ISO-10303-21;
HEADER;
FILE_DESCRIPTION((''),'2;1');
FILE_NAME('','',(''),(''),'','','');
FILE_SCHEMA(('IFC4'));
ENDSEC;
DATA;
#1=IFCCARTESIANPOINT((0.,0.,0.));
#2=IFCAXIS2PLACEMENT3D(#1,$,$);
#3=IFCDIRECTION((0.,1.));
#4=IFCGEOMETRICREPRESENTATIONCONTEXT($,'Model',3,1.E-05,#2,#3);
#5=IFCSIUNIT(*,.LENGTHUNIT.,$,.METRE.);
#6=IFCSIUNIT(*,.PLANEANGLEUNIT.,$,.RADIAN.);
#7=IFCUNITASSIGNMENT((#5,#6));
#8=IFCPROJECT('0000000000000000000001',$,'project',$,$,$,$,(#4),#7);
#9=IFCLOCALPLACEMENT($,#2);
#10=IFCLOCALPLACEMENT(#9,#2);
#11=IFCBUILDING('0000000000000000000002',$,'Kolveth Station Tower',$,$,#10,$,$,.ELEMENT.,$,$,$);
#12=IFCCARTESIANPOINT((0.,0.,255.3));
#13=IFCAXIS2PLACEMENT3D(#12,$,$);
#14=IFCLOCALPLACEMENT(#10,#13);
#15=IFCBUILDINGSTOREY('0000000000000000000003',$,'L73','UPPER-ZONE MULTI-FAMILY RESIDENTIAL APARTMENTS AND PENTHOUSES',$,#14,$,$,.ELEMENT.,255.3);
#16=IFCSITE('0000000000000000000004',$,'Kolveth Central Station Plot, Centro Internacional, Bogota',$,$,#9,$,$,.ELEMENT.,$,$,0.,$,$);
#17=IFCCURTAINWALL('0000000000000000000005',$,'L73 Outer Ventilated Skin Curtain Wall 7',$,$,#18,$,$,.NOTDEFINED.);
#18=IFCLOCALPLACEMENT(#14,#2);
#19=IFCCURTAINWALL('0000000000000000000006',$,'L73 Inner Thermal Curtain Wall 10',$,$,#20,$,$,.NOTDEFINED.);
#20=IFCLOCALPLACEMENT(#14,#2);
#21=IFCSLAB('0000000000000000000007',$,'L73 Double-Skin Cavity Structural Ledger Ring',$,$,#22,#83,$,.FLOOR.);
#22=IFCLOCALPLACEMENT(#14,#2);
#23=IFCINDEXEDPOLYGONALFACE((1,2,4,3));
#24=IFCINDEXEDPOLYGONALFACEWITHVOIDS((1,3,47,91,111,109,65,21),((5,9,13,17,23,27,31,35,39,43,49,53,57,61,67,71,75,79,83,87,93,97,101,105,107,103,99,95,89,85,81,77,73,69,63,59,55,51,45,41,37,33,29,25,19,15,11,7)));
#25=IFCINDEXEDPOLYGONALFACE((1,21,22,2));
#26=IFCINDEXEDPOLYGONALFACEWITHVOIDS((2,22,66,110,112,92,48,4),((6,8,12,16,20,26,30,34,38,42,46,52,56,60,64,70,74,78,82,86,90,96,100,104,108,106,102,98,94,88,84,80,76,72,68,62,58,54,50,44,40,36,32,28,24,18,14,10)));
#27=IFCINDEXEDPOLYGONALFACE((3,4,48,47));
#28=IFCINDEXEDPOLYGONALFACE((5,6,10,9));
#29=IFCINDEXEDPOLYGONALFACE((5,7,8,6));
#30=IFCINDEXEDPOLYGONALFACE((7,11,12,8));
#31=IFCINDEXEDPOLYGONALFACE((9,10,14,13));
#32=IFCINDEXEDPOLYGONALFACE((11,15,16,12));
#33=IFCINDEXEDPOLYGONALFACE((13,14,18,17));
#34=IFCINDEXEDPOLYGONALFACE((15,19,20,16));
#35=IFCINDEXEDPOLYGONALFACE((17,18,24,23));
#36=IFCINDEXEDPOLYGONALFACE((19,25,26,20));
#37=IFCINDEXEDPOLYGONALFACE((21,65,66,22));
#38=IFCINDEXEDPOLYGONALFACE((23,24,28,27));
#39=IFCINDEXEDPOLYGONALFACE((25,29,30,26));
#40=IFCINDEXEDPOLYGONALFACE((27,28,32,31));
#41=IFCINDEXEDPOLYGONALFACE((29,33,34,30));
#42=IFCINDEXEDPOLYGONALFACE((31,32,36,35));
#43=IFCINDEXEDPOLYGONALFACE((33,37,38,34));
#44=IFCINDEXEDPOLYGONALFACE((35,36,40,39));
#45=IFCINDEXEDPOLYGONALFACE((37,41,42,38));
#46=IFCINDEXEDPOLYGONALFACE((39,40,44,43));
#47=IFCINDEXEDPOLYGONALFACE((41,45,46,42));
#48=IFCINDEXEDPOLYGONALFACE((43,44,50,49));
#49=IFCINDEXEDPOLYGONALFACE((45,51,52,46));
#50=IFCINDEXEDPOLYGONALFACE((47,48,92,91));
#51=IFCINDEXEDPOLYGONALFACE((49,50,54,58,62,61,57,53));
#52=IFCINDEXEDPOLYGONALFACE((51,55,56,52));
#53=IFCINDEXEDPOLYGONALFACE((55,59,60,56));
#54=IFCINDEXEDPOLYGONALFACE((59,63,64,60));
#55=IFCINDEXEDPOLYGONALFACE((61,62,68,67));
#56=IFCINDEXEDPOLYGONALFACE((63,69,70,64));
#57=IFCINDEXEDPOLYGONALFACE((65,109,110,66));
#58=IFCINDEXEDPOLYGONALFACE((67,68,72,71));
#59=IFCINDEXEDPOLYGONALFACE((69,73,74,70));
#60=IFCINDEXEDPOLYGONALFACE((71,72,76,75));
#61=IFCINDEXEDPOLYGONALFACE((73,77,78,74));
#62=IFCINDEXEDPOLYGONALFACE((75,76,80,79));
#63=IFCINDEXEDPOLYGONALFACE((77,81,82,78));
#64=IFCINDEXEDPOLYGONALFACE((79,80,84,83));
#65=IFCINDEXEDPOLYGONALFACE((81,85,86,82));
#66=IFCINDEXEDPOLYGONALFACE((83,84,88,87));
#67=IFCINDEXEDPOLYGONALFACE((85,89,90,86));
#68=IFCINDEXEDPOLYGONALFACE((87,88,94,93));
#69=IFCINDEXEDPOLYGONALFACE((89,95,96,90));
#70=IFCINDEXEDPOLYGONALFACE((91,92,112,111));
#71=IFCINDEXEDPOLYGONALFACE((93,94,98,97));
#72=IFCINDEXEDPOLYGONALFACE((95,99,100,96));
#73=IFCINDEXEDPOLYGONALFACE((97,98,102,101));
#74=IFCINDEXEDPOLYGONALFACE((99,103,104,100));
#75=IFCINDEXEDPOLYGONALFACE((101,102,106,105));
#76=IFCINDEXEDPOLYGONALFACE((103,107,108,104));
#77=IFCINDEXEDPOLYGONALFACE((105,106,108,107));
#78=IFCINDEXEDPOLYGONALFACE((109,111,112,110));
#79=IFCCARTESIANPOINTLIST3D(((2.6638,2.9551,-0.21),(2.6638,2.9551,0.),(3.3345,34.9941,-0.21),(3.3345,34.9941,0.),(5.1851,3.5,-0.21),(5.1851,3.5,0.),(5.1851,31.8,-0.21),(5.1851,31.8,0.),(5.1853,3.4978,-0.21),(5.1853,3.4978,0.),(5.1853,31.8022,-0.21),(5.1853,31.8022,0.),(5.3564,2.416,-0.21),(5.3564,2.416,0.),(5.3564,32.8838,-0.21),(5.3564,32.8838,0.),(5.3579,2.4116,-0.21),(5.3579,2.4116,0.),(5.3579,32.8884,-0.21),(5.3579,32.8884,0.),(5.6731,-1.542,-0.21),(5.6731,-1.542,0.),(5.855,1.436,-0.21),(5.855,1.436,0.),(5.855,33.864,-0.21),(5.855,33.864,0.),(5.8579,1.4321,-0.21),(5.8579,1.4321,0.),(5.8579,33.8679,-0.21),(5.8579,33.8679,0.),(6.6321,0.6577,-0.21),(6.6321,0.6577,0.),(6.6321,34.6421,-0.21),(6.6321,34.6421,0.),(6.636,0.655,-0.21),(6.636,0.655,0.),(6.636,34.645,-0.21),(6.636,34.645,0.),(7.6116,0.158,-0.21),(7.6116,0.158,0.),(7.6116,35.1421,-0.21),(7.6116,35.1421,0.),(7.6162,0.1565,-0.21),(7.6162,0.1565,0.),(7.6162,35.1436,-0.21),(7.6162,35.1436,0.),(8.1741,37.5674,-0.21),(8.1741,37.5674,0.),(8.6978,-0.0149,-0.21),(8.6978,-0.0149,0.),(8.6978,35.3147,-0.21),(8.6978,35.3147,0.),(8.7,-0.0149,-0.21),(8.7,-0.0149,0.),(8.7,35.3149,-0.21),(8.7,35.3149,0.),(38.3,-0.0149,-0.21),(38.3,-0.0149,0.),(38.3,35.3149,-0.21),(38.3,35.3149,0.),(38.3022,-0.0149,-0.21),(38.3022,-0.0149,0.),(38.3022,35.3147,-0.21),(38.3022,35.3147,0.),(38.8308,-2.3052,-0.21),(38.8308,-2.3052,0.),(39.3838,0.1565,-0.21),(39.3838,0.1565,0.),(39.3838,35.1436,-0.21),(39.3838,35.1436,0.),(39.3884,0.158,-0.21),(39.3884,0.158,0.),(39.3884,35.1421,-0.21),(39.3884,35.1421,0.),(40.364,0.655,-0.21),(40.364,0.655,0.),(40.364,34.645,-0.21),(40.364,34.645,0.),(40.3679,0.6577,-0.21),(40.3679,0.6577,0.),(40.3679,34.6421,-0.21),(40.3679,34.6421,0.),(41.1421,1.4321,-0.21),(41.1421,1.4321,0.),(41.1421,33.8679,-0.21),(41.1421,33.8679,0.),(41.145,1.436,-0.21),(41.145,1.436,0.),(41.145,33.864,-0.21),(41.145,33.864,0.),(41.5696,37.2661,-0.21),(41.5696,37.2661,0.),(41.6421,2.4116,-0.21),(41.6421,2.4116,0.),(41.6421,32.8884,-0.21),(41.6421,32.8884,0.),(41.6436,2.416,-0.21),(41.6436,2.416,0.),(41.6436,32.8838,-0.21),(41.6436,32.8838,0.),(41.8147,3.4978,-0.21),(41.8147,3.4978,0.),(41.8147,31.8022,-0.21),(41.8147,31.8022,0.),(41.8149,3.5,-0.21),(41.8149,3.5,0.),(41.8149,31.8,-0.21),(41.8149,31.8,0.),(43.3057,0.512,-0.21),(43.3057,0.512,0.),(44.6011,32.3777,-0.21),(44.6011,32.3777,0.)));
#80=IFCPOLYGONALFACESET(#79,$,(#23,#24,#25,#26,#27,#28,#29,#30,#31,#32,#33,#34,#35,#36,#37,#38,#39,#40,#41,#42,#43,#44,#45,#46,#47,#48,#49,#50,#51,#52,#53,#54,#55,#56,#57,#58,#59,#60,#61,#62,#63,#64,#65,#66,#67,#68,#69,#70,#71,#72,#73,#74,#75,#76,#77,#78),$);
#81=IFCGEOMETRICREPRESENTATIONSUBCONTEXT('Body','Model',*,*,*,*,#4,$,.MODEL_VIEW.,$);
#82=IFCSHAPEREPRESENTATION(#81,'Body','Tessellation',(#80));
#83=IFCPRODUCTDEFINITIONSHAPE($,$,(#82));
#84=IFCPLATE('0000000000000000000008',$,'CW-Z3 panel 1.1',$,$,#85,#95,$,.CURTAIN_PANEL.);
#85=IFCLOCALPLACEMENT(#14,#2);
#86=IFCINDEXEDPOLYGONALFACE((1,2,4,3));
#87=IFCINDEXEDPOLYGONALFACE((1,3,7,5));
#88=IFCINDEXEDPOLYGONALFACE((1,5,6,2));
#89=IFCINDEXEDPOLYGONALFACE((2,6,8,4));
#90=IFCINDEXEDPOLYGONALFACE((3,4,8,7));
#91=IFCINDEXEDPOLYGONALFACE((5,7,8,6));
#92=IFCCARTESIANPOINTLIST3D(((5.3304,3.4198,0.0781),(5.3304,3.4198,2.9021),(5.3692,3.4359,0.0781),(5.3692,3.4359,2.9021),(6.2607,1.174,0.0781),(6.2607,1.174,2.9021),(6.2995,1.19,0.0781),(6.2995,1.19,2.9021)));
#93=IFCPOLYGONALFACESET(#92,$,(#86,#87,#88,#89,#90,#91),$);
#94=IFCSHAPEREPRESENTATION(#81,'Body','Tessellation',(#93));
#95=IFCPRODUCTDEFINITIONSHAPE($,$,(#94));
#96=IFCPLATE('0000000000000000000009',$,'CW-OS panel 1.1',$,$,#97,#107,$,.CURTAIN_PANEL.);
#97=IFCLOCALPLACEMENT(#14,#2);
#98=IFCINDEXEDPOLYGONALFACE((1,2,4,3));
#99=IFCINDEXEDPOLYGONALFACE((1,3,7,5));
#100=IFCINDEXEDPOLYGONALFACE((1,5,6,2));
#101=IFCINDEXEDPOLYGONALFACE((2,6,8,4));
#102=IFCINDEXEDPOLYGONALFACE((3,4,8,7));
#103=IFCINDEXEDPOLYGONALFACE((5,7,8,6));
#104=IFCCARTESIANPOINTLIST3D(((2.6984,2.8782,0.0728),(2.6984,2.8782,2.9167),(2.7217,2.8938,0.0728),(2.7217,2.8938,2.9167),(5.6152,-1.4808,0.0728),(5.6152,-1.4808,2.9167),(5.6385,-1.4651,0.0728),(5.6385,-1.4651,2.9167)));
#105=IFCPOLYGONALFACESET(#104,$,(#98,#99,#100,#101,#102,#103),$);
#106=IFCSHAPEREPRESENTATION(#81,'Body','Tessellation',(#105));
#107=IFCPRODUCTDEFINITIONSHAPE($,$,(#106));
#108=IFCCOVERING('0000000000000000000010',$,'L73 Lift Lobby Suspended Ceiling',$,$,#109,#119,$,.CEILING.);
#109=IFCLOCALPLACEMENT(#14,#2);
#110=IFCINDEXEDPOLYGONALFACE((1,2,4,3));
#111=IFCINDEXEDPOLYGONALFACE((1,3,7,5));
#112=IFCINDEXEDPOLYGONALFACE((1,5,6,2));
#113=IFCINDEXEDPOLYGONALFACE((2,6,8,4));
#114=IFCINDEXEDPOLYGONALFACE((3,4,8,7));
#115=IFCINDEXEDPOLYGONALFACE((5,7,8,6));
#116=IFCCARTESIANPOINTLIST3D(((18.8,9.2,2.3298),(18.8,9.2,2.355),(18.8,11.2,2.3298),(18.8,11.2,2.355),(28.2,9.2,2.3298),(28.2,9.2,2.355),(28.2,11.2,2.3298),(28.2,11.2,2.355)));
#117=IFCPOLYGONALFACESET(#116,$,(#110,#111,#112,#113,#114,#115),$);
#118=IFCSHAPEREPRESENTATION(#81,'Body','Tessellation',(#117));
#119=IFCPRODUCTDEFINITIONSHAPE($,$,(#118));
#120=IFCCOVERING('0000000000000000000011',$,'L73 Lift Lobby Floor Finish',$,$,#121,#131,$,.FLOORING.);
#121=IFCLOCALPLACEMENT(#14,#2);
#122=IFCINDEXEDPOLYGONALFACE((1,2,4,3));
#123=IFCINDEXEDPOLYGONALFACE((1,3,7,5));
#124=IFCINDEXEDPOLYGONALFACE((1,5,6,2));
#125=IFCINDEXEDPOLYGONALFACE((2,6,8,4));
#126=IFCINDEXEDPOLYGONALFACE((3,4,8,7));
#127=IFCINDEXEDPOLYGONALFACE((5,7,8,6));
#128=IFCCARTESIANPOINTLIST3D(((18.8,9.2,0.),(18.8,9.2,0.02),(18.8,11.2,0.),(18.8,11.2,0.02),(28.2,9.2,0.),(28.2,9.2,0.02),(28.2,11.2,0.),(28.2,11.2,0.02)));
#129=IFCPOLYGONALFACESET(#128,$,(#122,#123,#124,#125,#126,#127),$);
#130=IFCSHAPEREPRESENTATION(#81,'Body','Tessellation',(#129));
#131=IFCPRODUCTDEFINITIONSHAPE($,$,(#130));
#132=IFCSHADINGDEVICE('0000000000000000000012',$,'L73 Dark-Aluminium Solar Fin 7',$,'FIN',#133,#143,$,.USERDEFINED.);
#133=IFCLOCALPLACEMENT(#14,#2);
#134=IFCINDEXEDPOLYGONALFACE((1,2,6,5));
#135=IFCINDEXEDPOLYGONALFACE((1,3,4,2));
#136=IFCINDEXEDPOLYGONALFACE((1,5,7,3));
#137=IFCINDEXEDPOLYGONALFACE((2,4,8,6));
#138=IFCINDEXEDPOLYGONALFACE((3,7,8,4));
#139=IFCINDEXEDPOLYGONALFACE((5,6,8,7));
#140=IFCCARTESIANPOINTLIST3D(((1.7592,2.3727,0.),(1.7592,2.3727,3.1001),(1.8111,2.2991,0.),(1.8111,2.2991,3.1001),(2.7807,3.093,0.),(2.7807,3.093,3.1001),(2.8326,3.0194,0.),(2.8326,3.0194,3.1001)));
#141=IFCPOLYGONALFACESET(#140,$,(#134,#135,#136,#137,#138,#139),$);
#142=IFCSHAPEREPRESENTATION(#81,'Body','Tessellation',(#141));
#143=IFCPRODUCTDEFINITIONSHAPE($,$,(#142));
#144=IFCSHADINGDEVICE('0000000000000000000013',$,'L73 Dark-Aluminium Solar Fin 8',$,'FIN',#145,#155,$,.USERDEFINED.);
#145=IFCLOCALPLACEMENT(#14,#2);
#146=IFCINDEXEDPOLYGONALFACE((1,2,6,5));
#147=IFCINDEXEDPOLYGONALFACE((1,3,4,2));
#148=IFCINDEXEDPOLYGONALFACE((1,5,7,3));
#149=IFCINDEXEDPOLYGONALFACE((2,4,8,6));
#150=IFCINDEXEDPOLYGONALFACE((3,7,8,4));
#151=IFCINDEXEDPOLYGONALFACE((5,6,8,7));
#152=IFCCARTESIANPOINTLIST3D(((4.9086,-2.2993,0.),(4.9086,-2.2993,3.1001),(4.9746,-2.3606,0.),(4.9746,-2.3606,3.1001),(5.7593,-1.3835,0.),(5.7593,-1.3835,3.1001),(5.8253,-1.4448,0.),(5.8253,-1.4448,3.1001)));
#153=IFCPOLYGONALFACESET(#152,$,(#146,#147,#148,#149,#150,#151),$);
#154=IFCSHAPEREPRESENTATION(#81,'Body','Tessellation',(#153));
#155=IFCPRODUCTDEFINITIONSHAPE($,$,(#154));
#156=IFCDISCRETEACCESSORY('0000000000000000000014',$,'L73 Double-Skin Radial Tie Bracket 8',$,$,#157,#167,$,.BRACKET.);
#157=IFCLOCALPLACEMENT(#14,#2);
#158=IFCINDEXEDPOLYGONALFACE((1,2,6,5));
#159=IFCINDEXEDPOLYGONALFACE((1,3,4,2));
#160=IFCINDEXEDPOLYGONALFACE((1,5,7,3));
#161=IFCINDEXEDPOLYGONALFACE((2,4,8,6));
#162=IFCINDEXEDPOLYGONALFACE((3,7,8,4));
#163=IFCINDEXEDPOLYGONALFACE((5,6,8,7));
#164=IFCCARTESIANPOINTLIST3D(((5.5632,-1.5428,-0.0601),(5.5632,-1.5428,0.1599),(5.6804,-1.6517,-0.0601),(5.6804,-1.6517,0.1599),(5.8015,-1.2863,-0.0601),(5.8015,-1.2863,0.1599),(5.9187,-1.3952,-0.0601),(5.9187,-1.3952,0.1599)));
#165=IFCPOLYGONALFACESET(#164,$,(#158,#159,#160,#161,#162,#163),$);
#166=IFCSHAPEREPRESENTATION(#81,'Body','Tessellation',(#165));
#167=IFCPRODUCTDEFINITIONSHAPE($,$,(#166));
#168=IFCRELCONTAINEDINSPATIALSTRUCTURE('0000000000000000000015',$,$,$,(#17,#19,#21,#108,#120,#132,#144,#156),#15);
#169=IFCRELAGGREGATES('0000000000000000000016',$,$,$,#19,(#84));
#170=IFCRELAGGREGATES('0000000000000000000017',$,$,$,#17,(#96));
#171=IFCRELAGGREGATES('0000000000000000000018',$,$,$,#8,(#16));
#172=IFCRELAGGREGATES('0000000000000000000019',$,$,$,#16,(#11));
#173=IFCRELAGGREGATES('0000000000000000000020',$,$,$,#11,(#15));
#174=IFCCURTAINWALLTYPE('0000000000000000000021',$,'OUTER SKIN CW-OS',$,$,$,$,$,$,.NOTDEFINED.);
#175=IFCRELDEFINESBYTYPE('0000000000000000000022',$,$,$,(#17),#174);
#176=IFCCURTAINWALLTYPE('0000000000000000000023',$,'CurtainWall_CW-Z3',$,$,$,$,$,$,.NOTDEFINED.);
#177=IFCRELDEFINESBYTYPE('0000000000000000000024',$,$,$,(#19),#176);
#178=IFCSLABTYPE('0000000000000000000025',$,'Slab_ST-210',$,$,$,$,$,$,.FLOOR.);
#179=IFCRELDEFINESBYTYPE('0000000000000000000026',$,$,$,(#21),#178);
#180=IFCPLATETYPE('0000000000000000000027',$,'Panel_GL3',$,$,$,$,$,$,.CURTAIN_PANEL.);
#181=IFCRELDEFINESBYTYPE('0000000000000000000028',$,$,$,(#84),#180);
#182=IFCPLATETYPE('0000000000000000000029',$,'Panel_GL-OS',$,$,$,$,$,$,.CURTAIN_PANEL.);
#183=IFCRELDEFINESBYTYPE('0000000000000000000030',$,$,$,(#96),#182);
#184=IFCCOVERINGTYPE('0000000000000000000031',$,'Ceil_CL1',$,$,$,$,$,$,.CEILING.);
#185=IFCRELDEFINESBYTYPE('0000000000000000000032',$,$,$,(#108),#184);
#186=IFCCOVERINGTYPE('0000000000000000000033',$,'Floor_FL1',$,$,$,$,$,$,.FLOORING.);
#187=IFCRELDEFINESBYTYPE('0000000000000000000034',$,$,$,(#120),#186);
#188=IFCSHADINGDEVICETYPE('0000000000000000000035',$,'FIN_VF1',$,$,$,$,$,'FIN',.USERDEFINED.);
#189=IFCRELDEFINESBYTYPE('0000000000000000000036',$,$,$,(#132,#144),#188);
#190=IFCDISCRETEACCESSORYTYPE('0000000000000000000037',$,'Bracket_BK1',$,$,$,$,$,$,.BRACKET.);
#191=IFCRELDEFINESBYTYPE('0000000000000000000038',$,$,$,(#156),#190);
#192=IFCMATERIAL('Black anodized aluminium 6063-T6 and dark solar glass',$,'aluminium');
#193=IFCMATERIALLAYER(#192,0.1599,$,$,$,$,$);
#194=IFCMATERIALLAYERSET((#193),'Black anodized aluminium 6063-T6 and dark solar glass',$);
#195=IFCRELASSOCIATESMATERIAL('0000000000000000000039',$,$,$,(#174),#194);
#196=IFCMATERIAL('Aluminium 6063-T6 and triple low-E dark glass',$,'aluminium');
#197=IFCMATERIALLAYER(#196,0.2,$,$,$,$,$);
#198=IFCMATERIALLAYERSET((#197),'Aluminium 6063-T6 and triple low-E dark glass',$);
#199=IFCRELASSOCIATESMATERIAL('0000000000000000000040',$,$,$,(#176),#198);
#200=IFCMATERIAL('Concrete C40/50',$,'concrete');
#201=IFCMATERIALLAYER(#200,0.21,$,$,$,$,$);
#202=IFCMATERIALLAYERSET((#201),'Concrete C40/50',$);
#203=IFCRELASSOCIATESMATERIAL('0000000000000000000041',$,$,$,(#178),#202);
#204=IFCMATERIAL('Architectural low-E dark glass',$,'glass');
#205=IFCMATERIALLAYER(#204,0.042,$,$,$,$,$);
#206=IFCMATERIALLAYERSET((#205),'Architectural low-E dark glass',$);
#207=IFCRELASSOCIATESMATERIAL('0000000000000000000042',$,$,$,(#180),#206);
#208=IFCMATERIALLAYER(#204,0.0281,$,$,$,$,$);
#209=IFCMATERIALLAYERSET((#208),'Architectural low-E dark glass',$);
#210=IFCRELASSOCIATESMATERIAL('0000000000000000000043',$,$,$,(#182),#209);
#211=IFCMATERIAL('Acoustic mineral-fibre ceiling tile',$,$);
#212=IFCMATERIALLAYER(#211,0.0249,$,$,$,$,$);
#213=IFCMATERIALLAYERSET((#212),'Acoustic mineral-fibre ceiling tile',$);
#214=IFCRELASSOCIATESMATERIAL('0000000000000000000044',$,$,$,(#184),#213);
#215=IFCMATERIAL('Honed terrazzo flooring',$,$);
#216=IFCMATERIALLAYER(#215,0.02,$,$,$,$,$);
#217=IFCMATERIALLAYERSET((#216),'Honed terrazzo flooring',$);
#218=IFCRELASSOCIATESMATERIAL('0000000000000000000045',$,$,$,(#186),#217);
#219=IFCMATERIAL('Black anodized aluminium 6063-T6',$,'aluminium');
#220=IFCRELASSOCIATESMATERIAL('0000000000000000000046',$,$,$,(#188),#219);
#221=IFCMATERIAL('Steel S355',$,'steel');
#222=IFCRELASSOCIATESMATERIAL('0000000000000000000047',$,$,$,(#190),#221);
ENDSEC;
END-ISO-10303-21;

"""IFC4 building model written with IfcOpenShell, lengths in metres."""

from ifc_helpers import new_model, si_unit, direction, frame, origin, origin_2d, place, context, subcontext, project, spatial, polyline, rectangle, outline, extrude, source, transform, mapped, material, layer, layer_set, type_object, element, aggregate, save


model = new_model("IFC4")

# Units and contexts
model_context = context("Model", 3, precision=1e-05, world=origin(), true_north=direction((0.0, 1.0)))
body_context = subcontext(model_context, "Body", "Model", "MODEL_VIEW")
ifc_project = project(units=[si_unit("LENGTHUNIT", "METRE"), si_unit("PLANEANGLEUNIT", "RADIAN")], contexts=[model_context])

# Site, building, storey
site_placement = place(None, origin())
site = spatial("IfcSite", under=ifc_project, at=site_placement, Name="Kolveth Central Station Plot, Centro Internacional, Bogota", CompositionType="ELEMENT", RefElevation=0.0)
building_placement = place(site_placement, origin())
building = spatial("IfcBuilding", under=site, at=building_placement, Name="Kolveth Station Tower", CompositionType="ELEMENT")
storey_placement = place(building_placement, frame((0.0, 0.0, 255.3)))
storey = spatial("IfcBuildingStorey", under=building, at=storey_placement, Name="L73", Description="UPPER-ZONE MULTI-FAMILY RESIDENTIAL APARTMENTS AND PENTHOUSES", CompositionType="ELEMENT", Elevation=255.3)

# Curtain walls
ifc_material_1 = material(Name="Black anodized aluminium 6063-T6 and dark solar glass", Category="aluminium")
ifc_layer_1 = layer(ifc_material_1, 0.1599)
ifc_layer_set_1 = layer_set([ifc_layer_1], Name="Black anodized aluminium 6063-T6 and dark solar glass")
curtain_wall_type_1 = type_object("IfcCurtainWallType", Name="OUTER SKIN CW-OS", PredefinedType="NOTDEFINED", material=ifc_layer_set_1)
curtain_wall_1_placement = place(storey_placement, origin())
curtain_wall_1 = element("IfcCurtainWall", 1, at=curtain_wall_1_placement, inside=storey, type_object=curtain_wall_type_1, Name="L73 Outer Ventilated Skin Curtain Wall 7", PredefinedType="NOTDEFINED")
ifc_material_2 = material(Name="Black anodized aluminium 6063-T6", Category="aluminium")
ifc_material_3 = material(Name="Aluminium 6063-T6 and triple low-E dark glass", Category="aluminium")
ifc_layer_2 = layer(ifc_material_3, 0.2)
ifc_layer_set_2 = layer_set([ifc_layer_2], Name="Aluminium 6063-T6 and triple low-E dark glass")
curtain_wall_type_2 = type_object("IfcCurtainWallType", Name="CurtainWall_CW-Z3", PredefinedType="NOTDEFINED", material=ifc_layer_set_2)
curtain_wall_2_placement = place(storey_placement, origin())
curtain_wall_2 = element("IfcCurtainWall", 2, at=curtain_wall_2_placement, inside=storey, type_object=curtain_wall_type_2, Name="L73 Inner Thermal Curtain Wall 10", PredefinedType="NOTDEFINED")

# Shared definitions
ifc_material_4 = material(Name="Concrete C40/50", Category="concrete")

# Slab
ifc_layer_3 = layer(ifc_material_4, 0.21)
ifc_layer_set_3 = layer_set([ifc_layer_3], Name="Concrete C40/50")
slab_type_1 = type_object("IfcSlabType", Name="Slab_ST-210", PredefinedType="FLOOR", material=ifc_layer_set_3)
slab_1_placement = place(storey_placement, frame((0.0, 0.0, -0.21)))
element("IfcSlab", 3, at=slab_1_placement, inside=storey, type_object=slab_type_1, Name="L73 Double-Skin Cavity Structural Ledger Ring", PredefinedType="FLOOR", context=body_context, shape_type="SweptSolid", body=[
    extrude(outline(polyline([(5.6731, -1.542), (2.6638, 2.9551), (3.3345, 34.9941), (8.1741, 37.5674), (41.5696, 37.2661), (44.6011, 32.3777), (43.3057, 0.512), (38.8308, -2.3052), (5.6731, -1.542)]), holes=[polyline([(38.3022, -0.0149), (39.3838, 0.1565), (39.3884, 0.158), (40.364, 0.655), (40.3679, 0.6577), (41.1421, 1.4321), (41.145, 1.436), (41.6421, 2.4116), (41.6436, 2.416), (41.8147, 3.4978), (41.8149, 3.5), (41.8149, 31.8), (41.8147, 31.8022), (41.6436, 32.8838), (41.6421, 32.8884), (41.145, 33.864), (41.1421, 33.8679), (40.3679, 34.6421), (40.364, 34.645), (39.3884, 35.1421), (39.3838, 35.1436), (38.3022, 35.3147), (38.3, 35.3149), (8.7, 35.3149), (8.6978, 35.3147), (7.6162, 35.1436), (7.6116, 35.1421), (6.636, 34.645), (6.6321, 34.6421), (5.8579, 33.8679), (5.855, 33.864), (5.3579, 32.8884), (5.3564, 32.8838), (5.1853, 31.8022), (5.1851, 31.8), (5.1851, 3.5), (5.1853, 3.4978), (5.3564, 2.416), (5.3579, 2.4116), (5.855, 1.436), (5.8579, 1.4321), (6.6321, 0.6577), (6.636, 0.655), (7.6116, 0.158), (7.6162, 0.1565), (8.6978, -0.0149), (8.7, -0.0149), (38.3, -0.0149), (38.3022, -0.0149)])]), origin(), (0.0, 0.0, 1.0), 0.21),
])

# Plates
ifc_material_5 = material(Name="Architectural low-E dark glass", Category="glass")
ifc_layer_4 = layer(ifc_material_5, 0.042)
ifc_layer_set_4 = layer_set([ifc_layer_4], Name="Architectural low-E dark glass")
plate_type_1 = type_object("IfcPlateType", Name="Panel_GL3", PredefinedType="CURTAIN_PANEL", material=ifc_layer_set_4)
shared_shape_1 = source(origin(), body_context, "Body", "SweptSolid", [
    extrude(rectangle(XDim=2.4309, YDim=0.042, at=origin_2d()), origin(), (0.0, 0.0, 1.0), 2.824),
])
plate_1_placement = place(storey_placement, frame((5.8149, 2.3049, 0.0781), z_axis=(0.0, 0.0, 1.0), x_axis=(0.382693, -0.923875, 0.0)))
plate_1 = element("IfcPlate", 4, at=plate_1_placement, type_object=plate_type_1, Name="CW-Z3 panel 1.1", PredefinedType="CURTAIN_PANEL", context=body_context, shape_type="MappedRepresentation", body=[
    mapped(shared_shape_1, transform((0.0, 0.0, 0.0), x_axis=(1.0, 0.0, 0.0), y_axis=(0.0, 1.0, 0.0), z_axis=(0.0, 0.0, 1.0), scale=1.0)),
])
aggregate(curtain_wall_2, [plate_1])
ifc_layer_5 = layer(ifc_material_5, 0.0281)
ifc_layer_set_5 = layer_set([ifc_layer_5], Name="Architectural low-E dark glass")
plate_type_2 = type_object("IfcPlateType", Name="Panel_GL-OS", PredefinedType="CURTAIN_PANEL", material=ifc_layer_set_5)
shared_shape_2 = source(origin(), body_context, "Body", "SweptSolid", [
    extrude(rectangle(XDim=5.2449, YDim=0.0281, at=origin_2d()), origin(), (0.0, 0.0, 1.0), 2.844),
])
plate_2_placement = place(storey_placement, frame((4.1685, 0.7065, 0.0728), z_axis=(0.0, 0.0, 1.0), x_axis=(0.556132, -0.831094, 0.0)))
plate_2 = element("IfcPlate", 5, at=plate_2_placement, type_object=plate_type_2, Name="CW-OS panel 1.1", PredefinedType="CURTAIN_PANEL", context=body_context, shape_type="MappedRepresentation", body=[
    mapped(shared_shape_2, transform((0.0, 0.0, 0.0), x_axis=(1.0, 0.0, 0.0), y_axis=(0.0, 1.0, 0.0), z_axis=(0.0, 0.0, 1.0), scale=1.0)),
])
aggregate(curtain_wall_1, [plate_2])

# Coverings
ifc_material_6 = material(Name="Acoustic mineral-fibre ceiling tile")
ifc_layer_6 = layer(ifc_material_6, 0.0249)
ifc_layer_set_6 = layer_set([ifc_layer_6], Name="Acoustic mineral-fibre ceiling tile")
covering_type_1 = type_object("IfcCoveringType", Name="Ceil_CL1", PredefinedType="CEILING", material=ifc_layer_set_6)
covering_1_placement = place(storey_placement, frame((0.0, 0.0, 2.3298)))
element("IfcCovering", 6, at=covering_1_placement, inside=storey, type_object=covering_type_1, Name="L73 Lift Lobby Suspended Ceiling", PredefinedType="CEILING", context=body_context, shape_type="SweptSolid", body=[
    extrude(outline(polyline([(18.8, 9.2), (28.2, 9.2), (28.2, 11.2), (18.8, 11.2), (18.8, 9.2)])), origin(), (0.0, 0.0, 1.0), 0.0251),
])
ifc_material_7 = material(Name="Honed terrazzo flooring")
ifc_layer_7 = layer(ifc_material_7, 0.02)
ifc_layer_set_7 = layer_set([ifc_layer_7], Name="Honed terrazzo flooring")
covering_type_2 = type_object("IfcCoveringType", Name="Floor_FL1", PredefinedType="FLOORING", material=ifc_layer_set_7)
covering_2_placement = place(storey_placement, origin())
element("IfcCovering", 7, at=covering_2_placement, inside=storey, type_object=covering_type_2, Name="L73 Lift Lobby Floor Finish", PredefinedType="FLOORING", context=body_context, shape_type="SweptSolid", body=[
    extrude(outline(polyline([(18.8, 9.2), (28.2, 9.2), (28.2, 11.2), (18.8, 11.2), (18.8, 9.2)])), origin(), (0.0, 0.0, 1.0), 0.02),
])

# Shading devices
shading_device_type = type_object("IfcShadingDeviceType", Name="FIN_VF1", ElementType="FIN", PredefinedType="USERDEFINED", material=ifc_material_2)
shared_shape_3 = source(origin(), body_context, "Body", "SweptSolid", [
    extrude(rectangle(XDim=1.25, YDim=0.0901, at=origin_2d()), origin(), (0.0, 0.0, 1.0), 3.1001),
])
for number, where, z_axis, x_axis, name in (
    (8, (2.2959, 2.696, 0.0), (0.0, 0.0, 1.0), (-0.817245, -0.57629, 0.0), "L73 Dark-Aluminium Solar Fin 7"),
    (9, (5.3669, -1.8721, 0.0), (0.0, 0.0, 1.0), (-0.680593, -0.732662, 0.0), "L73 Dark-Aluminium Solar Fin 8"),
):
    element("IfcShadingDevice", number, at=place(storey_placement, frame(where, z_axis=z_axis, x_axis=x_axis)), inside=storey, type_object=shading_device_type, Name=name, ObjectType="FIN", PredefinedType="USERDEFINED", context=body_context, shape_type="MappedRepresentation", body=[
        mapped(shared_shape_3, transform((0.0, 0.0, 0.0), x_axis=(1.0, 0.0, 0.0), y_axis=(0.0, 1.0, 0.0), z_axis=(0.0, 0.0, 1.0), scale=1.0)),
    ])

# Discrete accessory
ifc_material_8 = material(Name="Steel S355", Category="steel")
discrete_accessory_type = type_object("IfcDiscreteAccessoryType", Name="Bracket_BK1", PredefinedType="BRACKET", material=ifc_material_8)
shared_shape_4 = source(origin(), body_context, "Body", "SweptSolid", [
    extrude(rectangle(XDim=0.3501, YDim=0.1599, at=origin_2d()), origin(), (0.0, 0.0, 1.0), 0.22),
])
discrete_accessory_placement = place(storey_placement, frame((5.741, -1.469, -0.0601), z_axis=(0.0, 0.0, 1.0), x_axis=(-0.680593, -0.732662, 0.0)))
element("IfcDiscreteAccessory", 10, at=discrete_accessory_placement, inside=storey, type_object=discrete_accessory_type, Name="L73 Double-Skin Radial Tie Bracket 8", PredefinedType="BRACKET", context=body_context, shape_type="MappedRepresentation", body=[
    mapped(shared_shape_4, transform((0.0, 0.0, 0.0), x_axis=(1.0, 0.0, 0.0), y_axis=(0.0, 1.0, 0.0), z_axis=(0.0, 0.0, 1.0), scale=1.0)),
])

save(model, "model.ifc")
